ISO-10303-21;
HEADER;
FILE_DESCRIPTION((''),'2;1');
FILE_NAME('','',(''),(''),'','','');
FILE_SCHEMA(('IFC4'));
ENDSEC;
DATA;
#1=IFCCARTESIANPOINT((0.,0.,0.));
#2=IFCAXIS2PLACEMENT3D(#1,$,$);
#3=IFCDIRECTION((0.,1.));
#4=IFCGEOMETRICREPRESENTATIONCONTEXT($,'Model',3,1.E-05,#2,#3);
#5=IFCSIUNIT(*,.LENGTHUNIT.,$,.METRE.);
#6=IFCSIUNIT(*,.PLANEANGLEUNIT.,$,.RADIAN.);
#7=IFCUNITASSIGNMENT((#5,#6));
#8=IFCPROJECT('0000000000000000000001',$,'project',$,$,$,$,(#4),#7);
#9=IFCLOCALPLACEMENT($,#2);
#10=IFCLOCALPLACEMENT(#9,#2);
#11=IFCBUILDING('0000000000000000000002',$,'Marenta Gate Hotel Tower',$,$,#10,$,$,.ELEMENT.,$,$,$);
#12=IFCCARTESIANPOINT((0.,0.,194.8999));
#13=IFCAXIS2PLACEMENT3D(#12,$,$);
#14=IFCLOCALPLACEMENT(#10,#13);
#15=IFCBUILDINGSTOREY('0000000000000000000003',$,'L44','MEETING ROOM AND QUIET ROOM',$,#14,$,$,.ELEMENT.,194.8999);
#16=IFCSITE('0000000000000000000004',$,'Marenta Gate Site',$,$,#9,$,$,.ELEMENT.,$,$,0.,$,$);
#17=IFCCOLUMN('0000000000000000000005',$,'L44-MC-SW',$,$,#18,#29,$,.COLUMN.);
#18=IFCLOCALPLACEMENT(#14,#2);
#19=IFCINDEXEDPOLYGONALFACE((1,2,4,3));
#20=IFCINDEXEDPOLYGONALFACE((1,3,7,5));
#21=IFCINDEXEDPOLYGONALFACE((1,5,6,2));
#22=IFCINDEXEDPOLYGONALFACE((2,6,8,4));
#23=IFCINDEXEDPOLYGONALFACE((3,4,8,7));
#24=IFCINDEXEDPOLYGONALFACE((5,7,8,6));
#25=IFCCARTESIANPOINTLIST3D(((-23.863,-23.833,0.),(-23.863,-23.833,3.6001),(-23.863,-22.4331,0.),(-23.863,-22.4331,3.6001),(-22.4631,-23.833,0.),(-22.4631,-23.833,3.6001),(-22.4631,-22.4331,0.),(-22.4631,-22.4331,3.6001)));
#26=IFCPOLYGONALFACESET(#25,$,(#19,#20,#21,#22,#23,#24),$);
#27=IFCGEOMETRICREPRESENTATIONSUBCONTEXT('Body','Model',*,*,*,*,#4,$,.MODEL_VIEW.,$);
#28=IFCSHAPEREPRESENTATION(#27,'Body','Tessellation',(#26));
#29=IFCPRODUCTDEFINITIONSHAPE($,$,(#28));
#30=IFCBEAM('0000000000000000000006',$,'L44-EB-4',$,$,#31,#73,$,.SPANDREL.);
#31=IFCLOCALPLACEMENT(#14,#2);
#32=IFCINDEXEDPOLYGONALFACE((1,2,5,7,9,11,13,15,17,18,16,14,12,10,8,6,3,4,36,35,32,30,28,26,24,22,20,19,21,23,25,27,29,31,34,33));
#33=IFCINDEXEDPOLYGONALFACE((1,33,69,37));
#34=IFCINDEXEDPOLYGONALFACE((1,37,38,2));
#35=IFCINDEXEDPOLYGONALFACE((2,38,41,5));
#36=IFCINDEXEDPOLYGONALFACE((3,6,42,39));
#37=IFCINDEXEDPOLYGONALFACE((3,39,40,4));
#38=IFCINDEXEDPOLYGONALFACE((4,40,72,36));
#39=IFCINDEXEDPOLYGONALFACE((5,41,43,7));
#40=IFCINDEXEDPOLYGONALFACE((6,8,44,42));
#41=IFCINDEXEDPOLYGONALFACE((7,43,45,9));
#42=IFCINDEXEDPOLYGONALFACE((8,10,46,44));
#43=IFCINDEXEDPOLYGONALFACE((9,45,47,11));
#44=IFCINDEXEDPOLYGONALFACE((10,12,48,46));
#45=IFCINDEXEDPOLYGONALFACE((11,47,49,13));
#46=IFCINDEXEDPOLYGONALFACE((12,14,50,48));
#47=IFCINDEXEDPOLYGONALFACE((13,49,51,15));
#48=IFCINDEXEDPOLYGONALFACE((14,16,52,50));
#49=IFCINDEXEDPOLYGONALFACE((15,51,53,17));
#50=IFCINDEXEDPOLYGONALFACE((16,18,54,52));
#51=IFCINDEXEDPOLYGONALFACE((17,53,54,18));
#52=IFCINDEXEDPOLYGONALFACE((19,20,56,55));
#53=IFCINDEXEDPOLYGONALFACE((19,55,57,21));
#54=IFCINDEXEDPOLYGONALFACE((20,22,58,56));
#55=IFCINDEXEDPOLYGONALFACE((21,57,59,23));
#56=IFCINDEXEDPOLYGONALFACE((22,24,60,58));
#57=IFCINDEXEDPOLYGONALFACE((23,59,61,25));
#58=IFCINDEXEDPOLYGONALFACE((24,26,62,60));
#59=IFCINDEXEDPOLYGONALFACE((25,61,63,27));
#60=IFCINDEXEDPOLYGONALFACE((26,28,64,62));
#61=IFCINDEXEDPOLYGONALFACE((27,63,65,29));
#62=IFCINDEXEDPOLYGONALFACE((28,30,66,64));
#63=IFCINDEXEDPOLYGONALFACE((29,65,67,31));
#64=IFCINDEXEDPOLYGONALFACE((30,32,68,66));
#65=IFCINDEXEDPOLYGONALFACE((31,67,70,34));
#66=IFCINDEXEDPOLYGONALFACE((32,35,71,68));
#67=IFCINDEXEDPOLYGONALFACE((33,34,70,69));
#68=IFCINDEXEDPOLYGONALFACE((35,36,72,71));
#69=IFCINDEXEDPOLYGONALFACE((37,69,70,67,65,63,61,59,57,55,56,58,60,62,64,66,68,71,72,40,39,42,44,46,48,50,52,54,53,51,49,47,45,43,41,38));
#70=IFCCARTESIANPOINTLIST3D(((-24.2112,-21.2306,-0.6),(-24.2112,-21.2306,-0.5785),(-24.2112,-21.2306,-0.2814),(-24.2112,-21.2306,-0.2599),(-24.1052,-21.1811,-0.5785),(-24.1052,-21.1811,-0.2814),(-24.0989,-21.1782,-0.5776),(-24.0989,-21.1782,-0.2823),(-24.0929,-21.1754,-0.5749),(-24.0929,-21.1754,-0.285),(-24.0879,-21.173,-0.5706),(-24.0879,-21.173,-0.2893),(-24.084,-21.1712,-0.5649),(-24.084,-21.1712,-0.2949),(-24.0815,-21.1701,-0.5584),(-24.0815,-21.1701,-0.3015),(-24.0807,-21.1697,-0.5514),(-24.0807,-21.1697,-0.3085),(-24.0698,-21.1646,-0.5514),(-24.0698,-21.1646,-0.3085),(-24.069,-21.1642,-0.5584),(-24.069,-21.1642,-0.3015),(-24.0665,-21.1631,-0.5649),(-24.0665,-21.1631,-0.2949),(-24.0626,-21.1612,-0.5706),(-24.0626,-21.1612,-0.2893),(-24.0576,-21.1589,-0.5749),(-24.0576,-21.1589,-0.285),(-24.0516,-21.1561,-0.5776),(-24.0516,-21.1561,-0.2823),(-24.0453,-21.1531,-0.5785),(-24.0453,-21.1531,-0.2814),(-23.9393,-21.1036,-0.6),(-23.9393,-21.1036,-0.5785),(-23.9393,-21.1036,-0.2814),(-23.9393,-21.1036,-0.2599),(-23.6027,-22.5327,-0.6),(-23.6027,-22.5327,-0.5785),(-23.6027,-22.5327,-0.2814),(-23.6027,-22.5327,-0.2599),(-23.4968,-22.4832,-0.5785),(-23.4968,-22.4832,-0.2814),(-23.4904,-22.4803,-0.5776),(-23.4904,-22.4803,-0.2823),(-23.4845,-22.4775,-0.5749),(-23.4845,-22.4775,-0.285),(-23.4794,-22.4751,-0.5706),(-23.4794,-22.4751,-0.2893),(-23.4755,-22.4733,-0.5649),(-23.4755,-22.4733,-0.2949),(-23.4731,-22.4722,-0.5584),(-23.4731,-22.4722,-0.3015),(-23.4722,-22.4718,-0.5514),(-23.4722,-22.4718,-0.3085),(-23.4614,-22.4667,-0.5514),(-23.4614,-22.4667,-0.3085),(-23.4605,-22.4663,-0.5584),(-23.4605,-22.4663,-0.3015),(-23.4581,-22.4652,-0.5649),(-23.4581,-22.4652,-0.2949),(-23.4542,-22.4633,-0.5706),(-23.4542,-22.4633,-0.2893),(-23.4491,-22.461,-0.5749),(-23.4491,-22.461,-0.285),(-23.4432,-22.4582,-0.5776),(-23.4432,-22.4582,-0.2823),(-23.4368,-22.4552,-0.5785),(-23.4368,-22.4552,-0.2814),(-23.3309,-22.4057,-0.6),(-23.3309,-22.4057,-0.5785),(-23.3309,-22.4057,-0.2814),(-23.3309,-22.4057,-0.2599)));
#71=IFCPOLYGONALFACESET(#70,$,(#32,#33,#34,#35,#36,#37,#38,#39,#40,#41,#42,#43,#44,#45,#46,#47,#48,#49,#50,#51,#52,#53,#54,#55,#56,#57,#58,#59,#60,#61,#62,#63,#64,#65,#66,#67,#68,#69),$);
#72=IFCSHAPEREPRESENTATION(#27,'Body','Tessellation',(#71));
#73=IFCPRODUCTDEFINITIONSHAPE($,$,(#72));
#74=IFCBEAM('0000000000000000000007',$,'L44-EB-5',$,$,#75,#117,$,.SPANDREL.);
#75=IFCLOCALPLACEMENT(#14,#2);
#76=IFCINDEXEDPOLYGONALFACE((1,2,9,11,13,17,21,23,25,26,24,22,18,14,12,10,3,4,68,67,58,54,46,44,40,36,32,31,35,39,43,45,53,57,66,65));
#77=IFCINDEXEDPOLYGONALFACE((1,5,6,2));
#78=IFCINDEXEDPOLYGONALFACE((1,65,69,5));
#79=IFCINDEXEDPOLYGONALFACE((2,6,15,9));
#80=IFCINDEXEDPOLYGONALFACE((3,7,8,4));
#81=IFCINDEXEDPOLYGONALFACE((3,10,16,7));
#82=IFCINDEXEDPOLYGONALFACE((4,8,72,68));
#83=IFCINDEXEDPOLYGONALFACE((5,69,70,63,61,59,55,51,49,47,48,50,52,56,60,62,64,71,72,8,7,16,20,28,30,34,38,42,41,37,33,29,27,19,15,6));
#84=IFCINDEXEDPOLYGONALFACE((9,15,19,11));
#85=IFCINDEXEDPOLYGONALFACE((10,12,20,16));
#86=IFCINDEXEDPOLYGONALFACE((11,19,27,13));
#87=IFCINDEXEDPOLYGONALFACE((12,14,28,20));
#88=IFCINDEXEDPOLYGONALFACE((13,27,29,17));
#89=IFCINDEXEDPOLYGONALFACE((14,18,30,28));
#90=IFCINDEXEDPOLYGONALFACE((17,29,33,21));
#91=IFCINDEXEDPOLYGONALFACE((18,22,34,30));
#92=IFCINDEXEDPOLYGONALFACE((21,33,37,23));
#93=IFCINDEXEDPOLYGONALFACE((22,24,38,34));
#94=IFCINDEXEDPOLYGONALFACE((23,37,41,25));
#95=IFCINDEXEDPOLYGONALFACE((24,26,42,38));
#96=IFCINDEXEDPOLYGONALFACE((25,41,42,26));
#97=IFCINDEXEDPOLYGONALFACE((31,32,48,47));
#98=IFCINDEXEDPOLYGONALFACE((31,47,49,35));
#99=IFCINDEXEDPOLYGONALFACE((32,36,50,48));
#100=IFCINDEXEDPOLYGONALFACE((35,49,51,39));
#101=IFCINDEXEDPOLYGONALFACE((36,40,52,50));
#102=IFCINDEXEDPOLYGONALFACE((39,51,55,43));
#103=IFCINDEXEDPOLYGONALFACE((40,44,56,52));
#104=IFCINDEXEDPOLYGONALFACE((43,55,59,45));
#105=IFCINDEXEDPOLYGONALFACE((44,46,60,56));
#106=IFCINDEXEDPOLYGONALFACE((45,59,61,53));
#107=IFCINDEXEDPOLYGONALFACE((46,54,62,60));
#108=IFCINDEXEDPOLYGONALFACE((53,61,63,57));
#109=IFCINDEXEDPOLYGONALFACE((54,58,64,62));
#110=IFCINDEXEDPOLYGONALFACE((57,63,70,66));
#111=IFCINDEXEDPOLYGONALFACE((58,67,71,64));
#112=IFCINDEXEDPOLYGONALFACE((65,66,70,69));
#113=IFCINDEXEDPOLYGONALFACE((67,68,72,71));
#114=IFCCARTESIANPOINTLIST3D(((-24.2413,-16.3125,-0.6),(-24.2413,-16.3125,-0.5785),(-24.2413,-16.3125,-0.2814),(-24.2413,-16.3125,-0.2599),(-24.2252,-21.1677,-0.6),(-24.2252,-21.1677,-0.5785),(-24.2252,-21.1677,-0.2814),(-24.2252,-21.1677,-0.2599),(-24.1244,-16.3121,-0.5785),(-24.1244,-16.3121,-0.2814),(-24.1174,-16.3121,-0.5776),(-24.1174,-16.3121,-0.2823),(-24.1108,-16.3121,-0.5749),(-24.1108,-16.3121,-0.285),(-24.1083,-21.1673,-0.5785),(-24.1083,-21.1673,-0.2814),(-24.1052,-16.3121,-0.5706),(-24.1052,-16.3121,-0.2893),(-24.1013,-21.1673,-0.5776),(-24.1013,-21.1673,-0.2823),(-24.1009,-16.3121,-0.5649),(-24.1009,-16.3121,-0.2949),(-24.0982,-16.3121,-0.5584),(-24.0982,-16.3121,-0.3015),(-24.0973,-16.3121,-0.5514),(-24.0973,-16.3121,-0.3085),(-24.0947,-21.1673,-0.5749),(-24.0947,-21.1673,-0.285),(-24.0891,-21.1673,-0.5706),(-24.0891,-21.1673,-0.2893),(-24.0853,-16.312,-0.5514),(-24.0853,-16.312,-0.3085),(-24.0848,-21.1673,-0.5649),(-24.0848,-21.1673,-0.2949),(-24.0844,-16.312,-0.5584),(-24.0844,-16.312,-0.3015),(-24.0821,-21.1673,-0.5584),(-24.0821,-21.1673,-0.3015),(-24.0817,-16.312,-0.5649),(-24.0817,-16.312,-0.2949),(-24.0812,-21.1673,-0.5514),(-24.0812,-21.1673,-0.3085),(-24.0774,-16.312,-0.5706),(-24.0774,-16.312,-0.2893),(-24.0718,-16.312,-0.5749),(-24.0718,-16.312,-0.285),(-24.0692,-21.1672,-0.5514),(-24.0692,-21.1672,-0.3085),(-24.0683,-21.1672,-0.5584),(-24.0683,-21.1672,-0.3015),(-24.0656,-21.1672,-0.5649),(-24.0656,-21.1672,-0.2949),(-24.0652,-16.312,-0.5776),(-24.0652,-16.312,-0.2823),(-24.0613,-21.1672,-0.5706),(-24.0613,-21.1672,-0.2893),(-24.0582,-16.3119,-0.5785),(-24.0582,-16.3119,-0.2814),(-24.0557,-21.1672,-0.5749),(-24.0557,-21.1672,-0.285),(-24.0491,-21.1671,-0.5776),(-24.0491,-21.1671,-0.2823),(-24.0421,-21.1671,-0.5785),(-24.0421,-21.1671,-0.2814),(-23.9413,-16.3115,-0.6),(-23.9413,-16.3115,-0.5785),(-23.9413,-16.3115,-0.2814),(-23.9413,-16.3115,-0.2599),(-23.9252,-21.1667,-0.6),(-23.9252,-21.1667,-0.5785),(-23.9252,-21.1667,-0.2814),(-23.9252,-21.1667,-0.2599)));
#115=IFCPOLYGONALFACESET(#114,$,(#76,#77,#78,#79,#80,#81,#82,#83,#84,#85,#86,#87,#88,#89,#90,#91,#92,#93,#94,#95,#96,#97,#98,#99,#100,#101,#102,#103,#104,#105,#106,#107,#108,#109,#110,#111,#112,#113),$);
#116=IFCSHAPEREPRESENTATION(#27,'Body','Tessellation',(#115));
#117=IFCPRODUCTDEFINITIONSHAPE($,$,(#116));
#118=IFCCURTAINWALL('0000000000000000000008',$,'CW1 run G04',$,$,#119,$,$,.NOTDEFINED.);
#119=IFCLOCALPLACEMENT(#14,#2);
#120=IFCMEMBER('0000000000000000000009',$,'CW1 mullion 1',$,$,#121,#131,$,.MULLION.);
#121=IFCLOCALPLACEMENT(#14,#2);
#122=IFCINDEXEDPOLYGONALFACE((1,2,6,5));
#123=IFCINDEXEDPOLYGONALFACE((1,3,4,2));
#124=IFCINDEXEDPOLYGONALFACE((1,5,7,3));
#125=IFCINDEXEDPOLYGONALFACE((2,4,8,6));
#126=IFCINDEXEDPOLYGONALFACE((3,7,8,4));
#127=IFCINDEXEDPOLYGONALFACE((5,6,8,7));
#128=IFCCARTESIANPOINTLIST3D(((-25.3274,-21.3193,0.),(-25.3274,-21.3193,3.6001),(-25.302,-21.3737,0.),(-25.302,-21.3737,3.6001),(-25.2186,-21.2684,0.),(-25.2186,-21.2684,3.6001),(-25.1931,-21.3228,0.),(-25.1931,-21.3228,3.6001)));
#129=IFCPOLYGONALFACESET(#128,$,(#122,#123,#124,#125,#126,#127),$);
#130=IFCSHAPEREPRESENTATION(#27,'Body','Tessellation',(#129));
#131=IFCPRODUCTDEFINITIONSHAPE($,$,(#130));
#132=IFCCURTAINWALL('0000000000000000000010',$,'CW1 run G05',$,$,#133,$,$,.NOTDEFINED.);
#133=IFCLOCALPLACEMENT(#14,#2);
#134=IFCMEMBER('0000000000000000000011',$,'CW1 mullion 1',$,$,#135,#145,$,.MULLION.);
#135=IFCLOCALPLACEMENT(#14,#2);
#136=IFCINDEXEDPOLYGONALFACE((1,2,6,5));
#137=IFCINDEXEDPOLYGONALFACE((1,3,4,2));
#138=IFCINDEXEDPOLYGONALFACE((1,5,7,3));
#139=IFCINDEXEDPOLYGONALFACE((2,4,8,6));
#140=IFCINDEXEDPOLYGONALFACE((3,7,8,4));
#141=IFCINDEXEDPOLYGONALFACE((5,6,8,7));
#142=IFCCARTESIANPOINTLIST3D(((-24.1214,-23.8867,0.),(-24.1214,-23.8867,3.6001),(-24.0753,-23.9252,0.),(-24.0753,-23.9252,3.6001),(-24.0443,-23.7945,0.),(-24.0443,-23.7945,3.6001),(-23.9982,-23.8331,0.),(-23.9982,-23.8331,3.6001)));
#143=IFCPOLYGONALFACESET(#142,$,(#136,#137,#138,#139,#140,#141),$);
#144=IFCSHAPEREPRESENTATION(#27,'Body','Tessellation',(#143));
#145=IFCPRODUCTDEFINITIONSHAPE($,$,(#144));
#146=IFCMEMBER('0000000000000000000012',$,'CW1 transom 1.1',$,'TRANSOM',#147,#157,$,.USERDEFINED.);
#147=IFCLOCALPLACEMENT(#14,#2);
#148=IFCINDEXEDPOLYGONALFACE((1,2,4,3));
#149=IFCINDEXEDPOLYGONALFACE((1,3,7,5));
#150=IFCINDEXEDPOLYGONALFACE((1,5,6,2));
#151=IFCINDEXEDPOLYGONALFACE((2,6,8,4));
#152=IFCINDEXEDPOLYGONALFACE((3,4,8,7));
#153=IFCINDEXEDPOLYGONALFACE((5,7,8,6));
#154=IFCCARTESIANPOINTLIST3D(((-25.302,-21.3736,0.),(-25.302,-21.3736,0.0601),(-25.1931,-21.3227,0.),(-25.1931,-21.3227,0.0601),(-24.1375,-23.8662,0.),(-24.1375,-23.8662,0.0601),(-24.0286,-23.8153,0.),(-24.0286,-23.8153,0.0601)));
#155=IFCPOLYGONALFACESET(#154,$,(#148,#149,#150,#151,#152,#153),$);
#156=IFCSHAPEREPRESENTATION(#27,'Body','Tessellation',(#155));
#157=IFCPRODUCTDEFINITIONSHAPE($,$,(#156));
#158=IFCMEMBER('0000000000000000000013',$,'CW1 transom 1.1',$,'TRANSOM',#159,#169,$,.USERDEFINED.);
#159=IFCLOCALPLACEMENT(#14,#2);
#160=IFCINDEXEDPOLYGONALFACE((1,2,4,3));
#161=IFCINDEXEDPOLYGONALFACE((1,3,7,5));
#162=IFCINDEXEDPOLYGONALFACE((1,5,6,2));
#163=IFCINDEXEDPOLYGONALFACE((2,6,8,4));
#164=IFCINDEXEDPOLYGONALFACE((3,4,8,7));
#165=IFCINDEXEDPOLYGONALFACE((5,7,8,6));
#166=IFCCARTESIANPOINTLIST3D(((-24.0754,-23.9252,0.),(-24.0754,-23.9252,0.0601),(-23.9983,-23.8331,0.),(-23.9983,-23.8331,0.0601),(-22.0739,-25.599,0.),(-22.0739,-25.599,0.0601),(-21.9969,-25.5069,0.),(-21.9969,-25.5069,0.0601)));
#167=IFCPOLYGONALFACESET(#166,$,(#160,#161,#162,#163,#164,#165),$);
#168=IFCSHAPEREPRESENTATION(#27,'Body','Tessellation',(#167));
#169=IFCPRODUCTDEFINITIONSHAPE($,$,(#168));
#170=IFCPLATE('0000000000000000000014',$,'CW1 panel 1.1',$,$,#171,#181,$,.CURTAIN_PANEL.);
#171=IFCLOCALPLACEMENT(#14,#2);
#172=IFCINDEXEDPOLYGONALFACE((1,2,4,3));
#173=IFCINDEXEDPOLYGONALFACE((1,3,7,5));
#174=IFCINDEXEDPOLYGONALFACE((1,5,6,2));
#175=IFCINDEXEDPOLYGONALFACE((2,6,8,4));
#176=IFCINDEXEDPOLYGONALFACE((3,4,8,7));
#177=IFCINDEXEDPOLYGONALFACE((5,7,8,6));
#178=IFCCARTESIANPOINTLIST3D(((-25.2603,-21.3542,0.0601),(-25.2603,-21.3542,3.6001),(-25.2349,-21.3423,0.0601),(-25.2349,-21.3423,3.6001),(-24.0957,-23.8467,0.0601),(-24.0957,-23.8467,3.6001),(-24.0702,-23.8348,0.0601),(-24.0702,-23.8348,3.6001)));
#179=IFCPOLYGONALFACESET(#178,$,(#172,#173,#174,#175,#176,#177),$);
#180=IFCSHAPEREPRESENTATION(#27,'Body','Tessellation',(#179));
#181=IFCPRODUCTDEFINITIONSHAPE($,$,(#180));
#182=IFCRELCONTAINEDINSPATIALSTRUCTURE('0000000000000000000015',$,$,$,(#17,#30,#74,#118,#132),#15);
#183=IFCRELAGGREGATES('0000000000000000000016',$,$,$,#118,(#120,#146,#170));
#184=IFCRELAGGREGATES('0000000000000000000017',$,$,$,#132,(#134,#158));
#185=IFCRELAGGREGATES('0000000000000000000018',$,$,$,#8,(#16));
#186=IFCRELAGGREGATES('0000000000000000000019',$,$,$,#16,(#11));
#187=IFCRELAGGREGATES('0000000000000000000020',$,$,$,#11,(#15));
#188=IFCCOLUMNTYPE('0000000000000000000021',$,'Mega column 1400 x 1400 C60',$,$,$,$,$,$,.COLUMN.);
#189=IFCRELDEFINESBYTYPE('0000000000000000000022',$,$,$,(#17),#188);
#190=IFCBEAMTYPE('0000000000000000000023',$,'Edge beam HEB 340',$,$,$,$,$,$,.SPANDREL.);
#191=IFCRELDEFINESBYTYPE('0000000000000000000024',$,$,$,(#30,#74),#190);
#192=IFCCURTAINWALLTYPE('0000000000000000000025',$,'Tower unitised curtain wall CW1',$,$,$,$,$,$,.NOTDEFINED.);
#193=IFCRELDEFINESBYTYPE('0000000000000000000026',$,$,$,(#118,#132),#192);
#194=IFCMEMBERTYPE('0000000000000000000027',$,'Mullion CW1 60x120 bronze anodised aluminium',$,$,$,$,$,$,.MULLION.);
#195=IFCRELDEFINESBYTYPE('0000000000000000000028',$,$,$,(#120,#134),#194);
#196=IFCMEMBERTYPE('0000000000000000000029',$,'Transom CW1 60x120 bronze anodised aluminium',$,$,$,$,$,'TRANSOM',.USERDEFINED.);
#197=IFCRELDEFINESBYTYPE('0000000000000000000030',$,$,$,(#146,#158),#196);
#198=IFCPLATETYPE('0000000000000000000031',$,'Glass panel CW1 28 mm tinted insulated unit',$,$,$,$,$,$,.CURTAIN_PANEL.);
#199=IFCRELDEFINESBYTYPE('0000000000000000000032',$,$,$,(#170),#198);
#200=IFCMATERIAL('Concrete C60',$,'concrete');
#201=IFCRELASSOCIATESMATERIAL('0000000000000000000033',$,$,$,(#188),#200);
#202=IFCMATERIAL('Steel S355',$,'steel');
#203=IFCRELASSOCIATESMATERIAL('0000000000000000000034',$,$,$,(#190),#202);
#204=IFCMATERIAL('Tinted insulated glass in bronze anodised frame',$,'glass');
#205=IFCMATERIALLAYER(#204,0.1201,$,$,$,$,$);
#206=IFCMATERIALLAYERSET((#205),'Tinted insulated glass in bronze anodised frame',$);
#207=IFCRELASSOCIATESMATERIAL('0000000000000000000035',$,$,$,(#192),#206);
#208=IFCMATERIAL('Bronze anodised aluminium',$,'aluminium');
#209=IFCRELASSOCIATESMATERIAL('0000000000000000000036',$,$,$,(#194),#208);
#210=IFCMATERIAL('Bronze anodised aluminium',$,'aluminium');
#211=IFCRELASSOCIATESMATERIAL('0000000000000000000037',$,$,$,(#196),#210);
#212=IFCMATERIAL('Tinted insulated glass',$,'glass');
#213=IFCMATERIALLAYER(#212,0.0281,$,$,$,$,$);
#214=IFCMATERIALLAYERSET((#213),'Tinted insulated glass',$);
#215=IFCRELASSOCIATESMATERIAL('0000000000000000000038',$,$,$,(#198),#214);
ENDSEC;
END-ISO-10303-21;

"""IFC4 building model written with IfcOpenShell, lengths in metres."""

from ifc_helpers import new_model, si_unit, direction, frame, origin, origin_2d, place, context, subcontext, project, spatial, rectangle, i_section, extrude, material, layer, layer_set, material_profile, profile_set, type_object, element, aggregate, save


model = new_model("IFC4")

# Units and contexts
model_context = context("Model", 3, precision=1e-05, world=origin(), true_north=direction((0.0, 1.0)))
body_context = subcontext(model_context, "Body", "Model", "MODEL_VIEW")
ifc_project = project(units=[si_unit("LENGTHUNIT", "METRE"), si_unit("PLANEANGLEUNIT", "RADIAN")], contexts=[model_context])

# Site, building, storey
site_placement = place(None, origin())
site = spatial("IfcSite", under=ifc_project, at=site_placement, Name="Marenta Gate Site", CompositionType="ELEMENT", RefElevation=0.0)
building_placement = place(site_placement, origin())
building = spatial("IfcBuilding", under=site, at=building_placement, Name="Marenta Gate Hotel Tower", CompositionType="ELEMENT")
storey_placement = place(building_placement, frame((0.0, 0.0, 194.8999)))
storey = spatial("IfcBuildingStorey", under=building, at=storey_placement, Name="L44", Description="MEETING ROOM AND QUIET ROOM", CompositionType="ELEMENT", Elevation=194.8999)

# Column
ifc_material_1 = material(Name="Concrete C60", Category="concrete")
ifc_material_profile_1 = material_profile(ifc_material_1, rectangle(XDim=1.3999, YDim=1.3999, at=origin_2d()), Name="1400 x 1400")
ifc_profile_set_1 = profile_set([ifc_material_profile_1], Name="Concrete C60")
column_type = type_object("IfcColumnType", Name="Mega column 1400 x 1400 C60", PredefinedType="COLUMN", material=ifc_profile_set_1)
column_placement = place(storey_placement, frame((-23.1631, -23.1331, 0.0), z_axis=(0.0, 0.0, 1.0), x_axis=(1.0, 0.0, 0.0)))
element("IfcColumn", 1, at=column_placement, inside=storey, type_object=column_type, Name="L44-MC-SW", PredefinedType="COLUMN", context=body_context, shape_type="SweptSolid", body=[
    extrude(rectangle(XDim=1.3999, YDim=1.3999, at=origin_2d()), origin(), (0.0, 0.0, 1.0), 3.6001),
])

# Beams
ifc_material_2 = material(Name="Steel S355", Category="steel")
ifc_material_profile_2 = material_profile(ifc_material_2, i_section(OverallWidth=0.3, OverallDepth=0.3401, WebThickness=0.012, FlangeThickness=0.0215, FilletRadius=0.0271, at=origin_2d()), Name="HEB 340")
ifc_profile_set_2 = profile_set([ifc_material_profile_2], Name="Steel S355")
beam_type = type_object("IfcBeamType", Name="Edge beam HEB 340", PredefinedType="SPANDREL", material=ifc_profile_set_2)
beam_1_placement = place(storey_placement, frame((-23.4668, -22.4692, -0.4299), z_axis=(-0.423341, 0.90597, 0.0), x_axis=(-0.90597, -0.423341, 0.0)))
element("IfcBeam", 2, at=beam_1_placement, inside=storey, type_object=beam_type, Name="L44-EB-4", PredefinedType="SPANDREL", context=body_context, shape_type="SweptSolid", body=[
    extrude(i_section(OverallWidth=0.3, OverallDepth=0.3401, WebThickness=0.012, FlangeThickness=0.0215, FilletRadius=0.0271, at=origin_2d()), origin(), (0.0, 0.0, 1.0), 1.4373),
])
beam_2_placement = place(storey_placement, frame((-24.0752, -21.1672, -0.4299), z_axis=(-0.003319, 0.999994, 0.0), x_axis=(-0.999994, -0.003319, 0.0)))
element("IfcBeam", 3, at=beam_2_placement, inside=storey, type_object=beam_type, Name="L44-EB-5", PredefinedType="SPANDREL", context=body_context, shape_type="SweptSolid", body=[
    extrude(i_section(OverallWidth=0.3, OverallDepth=0.3401, WebThickness=0.012, FlangeThickness=0.0215, FilletRadius=0.0271, at=origin_2d()), origin(), (0.0, 0.0, 1.0), 4.8552),
])

# Curtain walls, members
ifc_material_3 = material(Name="Tinted insulated glass in bronze anodised frame", Category="glass")
ifc_layer_1 = layer(ifc_material_3, 0.1201)
ifc_layer_set_1 = layer_set([ifc_layer_1], Name="Tinted insulated glass in bronze anodised frame")
curtain_wall_type = type_object("IfcCurtainWallType", Name="Tower unitised curtain wall CW1", PredefinedType="NOTDEFINED", material=ifc_layer_set_1)
curtain_wall_1_placement = place(storey_placement, origin())
curtain_wall_1 = element("IfcCurtainWall", 4, at=curtain_wall_1_placement, inside=storey, type_object=curtain_wall_type, Name="CW1 run G04", PredefinedType="NOTDEFINED")
ifc_material_4 = material(Name="Bronze anodised aluminium", Category="aluminium")
ifc_material_profile_3 = material_profile(ifc_material_4, rectangle(XDim=0.1201, YDim=0.0601, at=origin_2d()), Name="Mullion CW1 60x120 bronze anodised aluminium")
ifc_profile_set_3 = profile_set([ifc_material_profile_3], Name="Bronze anodised aluminium")
member_type_1 = type_object("IfcMemberType", Name="Mullion CW1 60x120 bronze anodised aluminium", PredefinedType="MULLION", material=ifc_profile_set_3)
member_1_placement = place(storey_placement, frame((-25.2603, -21.321, 0.0), z_axis=(0.0, 0.0, 1.0), x_axis=(0.905972, 0.423337, 0.0)))
member_1 = element("IfcMember", 5, at=member_1_placement, type_object=member_type_1, Name="CW1 mullion 1", PredefinedType="MULLION", context=body_context, shape_type="SweptSolid", body=[
    extrude(rectangle(XDim=0.1201, YDim=0.0601, at=origin_2d()), origin(), (0.0, 0.0, 1.0), 3.6001),
])
curtain_wall_2_placement = place(storey_placement, origin())
curtain_wall_2 = element("IfcCurtainWall", 6, at=curtain_wall_2_placement, inside=storey, type_object=curtain_wall_type, Name="CW1 run G05", PredefinedType="NOTDEFINED")
member_2_placement = place(storey_placement, frame((-24.0598, -23.8599, 0.0), z_axis=(0.0, 0.0, 1.0), x_axis=(0.641525, 0.767102, 0.0)))
member_2 = element("IfcMember", 7, at=member_2_placement, type_object=member_type_1, Name="CW1 mullion 1", PredefinedType="MULLION", context=body_context, shape_type="SweptSolid", body=[
    extrude(rectangle(XDim=0.1201, YDim=0.0601, at=origin_2d()), origin(), (0.0, 0.0, 1.0), 3.6001),
])

# Members
ifc_material_5 = material(Name="Bronze anodised aluminium", Category="aluminium")
ifc_material_profile_4 = material_profile(ifc_material_5, rectangle(XDim=0.1201, YDim=0.0601, at=origin_2d()), Name="Transom CW1 60x120 bronze anodised aluminium")
ifc_profile_set_4 = profile_set([ifc_material_profile_4], Name="Bronze anodised aluminium")
member_type_2 = type_object("IfcMemberType", Name="Transom CW1 60x120 bronze anodised aluminium", ElementType="TRANSOM", PredefinedType="USERDEFINED", material=ifc_profile_set_4)
member_3_placement = place(storey_placement, frame((-25.2476, -21.3481, 0.03), z_axis=(0.423274, -0.906002, 0.0), x_axis=(0.906002, 0.423274, 0.0)))
member_3 = element("IfcMember", 8, at=member_3_placement, type_object=member_type_2, Name="CW1 transom 1.1", ObjectType="TRANSOM", PredefinedType="USERDEFINED", context=body_context, shape_type="SweptSolid", body=[
    extrude(rectangle(XDim=0.1201, YDim=0.0601, at=origin_2d()), origin(), (0.0, 0.0, 1.0), 2.7512),
])
member_4_placement = place(storey_placement, frame((-24.0369, -23.8792, 0.03), z_axis=(0.7671, -0.641527, 0.0), x_axis=(0.641527, 0.7671, 0.0)))
member_4 = element("IfcMember", 9, at=member_4_placement, type_object=member_type_2, Name="CW1 transom 1.1", ObjectType="TRANSOM", PredefinedType="USERDEFINED", context=body_context, shape_type="SweptSolid", body=[
    extrude(rectangle(XDim=0.1201, YDim=0.0601, at=origin_2d()), origin(), (0.0, 0.0, 1.0), 2.6091),
])

# Plate
ifc_material_6 = material(Name="Tinted insulated glass", Category="glass")
ifc_layer_2 = layer(ifc_material_6, 0.0281)
ifc_layer_set_2 = layer_set([ifc_layer_2], Name="Tinted insulated glass")
plate_type = type_object("IfcPlateType", Name="Glass panel CW1 28 mm tinted insulated unit", PredefinedType="CURTAIN_PANEL", material=ifc_layer_set_2)
plate_1_placement = place(storey_placement, frame((-24.6653, -22.5945, 0.0601), z_axis=(0.0, 0.0, 1.0), x_axis=(0.423337, -0.905972, 0.0)))
plate_1 = element("IfcPlate", 10, at=plate_1_placement, type_object=plate_type, Name="CW1 panel 1.1", PredefinedType="CURTAIN_PANEL", context=body_context, shape_type="SweptSolid", body=[
    extrude(rectangle(XDim=2.7512, YDim=0.0281, at=origin_2d()), origin(), (0.0, 0.0, 1.0), 3.54),
])
aggregate(curtain_wall_1, [member_1, member_3, plate_1])
aggregate(curtain_wall_2, [member_2, member_4])

save(model, "model.ifc")
